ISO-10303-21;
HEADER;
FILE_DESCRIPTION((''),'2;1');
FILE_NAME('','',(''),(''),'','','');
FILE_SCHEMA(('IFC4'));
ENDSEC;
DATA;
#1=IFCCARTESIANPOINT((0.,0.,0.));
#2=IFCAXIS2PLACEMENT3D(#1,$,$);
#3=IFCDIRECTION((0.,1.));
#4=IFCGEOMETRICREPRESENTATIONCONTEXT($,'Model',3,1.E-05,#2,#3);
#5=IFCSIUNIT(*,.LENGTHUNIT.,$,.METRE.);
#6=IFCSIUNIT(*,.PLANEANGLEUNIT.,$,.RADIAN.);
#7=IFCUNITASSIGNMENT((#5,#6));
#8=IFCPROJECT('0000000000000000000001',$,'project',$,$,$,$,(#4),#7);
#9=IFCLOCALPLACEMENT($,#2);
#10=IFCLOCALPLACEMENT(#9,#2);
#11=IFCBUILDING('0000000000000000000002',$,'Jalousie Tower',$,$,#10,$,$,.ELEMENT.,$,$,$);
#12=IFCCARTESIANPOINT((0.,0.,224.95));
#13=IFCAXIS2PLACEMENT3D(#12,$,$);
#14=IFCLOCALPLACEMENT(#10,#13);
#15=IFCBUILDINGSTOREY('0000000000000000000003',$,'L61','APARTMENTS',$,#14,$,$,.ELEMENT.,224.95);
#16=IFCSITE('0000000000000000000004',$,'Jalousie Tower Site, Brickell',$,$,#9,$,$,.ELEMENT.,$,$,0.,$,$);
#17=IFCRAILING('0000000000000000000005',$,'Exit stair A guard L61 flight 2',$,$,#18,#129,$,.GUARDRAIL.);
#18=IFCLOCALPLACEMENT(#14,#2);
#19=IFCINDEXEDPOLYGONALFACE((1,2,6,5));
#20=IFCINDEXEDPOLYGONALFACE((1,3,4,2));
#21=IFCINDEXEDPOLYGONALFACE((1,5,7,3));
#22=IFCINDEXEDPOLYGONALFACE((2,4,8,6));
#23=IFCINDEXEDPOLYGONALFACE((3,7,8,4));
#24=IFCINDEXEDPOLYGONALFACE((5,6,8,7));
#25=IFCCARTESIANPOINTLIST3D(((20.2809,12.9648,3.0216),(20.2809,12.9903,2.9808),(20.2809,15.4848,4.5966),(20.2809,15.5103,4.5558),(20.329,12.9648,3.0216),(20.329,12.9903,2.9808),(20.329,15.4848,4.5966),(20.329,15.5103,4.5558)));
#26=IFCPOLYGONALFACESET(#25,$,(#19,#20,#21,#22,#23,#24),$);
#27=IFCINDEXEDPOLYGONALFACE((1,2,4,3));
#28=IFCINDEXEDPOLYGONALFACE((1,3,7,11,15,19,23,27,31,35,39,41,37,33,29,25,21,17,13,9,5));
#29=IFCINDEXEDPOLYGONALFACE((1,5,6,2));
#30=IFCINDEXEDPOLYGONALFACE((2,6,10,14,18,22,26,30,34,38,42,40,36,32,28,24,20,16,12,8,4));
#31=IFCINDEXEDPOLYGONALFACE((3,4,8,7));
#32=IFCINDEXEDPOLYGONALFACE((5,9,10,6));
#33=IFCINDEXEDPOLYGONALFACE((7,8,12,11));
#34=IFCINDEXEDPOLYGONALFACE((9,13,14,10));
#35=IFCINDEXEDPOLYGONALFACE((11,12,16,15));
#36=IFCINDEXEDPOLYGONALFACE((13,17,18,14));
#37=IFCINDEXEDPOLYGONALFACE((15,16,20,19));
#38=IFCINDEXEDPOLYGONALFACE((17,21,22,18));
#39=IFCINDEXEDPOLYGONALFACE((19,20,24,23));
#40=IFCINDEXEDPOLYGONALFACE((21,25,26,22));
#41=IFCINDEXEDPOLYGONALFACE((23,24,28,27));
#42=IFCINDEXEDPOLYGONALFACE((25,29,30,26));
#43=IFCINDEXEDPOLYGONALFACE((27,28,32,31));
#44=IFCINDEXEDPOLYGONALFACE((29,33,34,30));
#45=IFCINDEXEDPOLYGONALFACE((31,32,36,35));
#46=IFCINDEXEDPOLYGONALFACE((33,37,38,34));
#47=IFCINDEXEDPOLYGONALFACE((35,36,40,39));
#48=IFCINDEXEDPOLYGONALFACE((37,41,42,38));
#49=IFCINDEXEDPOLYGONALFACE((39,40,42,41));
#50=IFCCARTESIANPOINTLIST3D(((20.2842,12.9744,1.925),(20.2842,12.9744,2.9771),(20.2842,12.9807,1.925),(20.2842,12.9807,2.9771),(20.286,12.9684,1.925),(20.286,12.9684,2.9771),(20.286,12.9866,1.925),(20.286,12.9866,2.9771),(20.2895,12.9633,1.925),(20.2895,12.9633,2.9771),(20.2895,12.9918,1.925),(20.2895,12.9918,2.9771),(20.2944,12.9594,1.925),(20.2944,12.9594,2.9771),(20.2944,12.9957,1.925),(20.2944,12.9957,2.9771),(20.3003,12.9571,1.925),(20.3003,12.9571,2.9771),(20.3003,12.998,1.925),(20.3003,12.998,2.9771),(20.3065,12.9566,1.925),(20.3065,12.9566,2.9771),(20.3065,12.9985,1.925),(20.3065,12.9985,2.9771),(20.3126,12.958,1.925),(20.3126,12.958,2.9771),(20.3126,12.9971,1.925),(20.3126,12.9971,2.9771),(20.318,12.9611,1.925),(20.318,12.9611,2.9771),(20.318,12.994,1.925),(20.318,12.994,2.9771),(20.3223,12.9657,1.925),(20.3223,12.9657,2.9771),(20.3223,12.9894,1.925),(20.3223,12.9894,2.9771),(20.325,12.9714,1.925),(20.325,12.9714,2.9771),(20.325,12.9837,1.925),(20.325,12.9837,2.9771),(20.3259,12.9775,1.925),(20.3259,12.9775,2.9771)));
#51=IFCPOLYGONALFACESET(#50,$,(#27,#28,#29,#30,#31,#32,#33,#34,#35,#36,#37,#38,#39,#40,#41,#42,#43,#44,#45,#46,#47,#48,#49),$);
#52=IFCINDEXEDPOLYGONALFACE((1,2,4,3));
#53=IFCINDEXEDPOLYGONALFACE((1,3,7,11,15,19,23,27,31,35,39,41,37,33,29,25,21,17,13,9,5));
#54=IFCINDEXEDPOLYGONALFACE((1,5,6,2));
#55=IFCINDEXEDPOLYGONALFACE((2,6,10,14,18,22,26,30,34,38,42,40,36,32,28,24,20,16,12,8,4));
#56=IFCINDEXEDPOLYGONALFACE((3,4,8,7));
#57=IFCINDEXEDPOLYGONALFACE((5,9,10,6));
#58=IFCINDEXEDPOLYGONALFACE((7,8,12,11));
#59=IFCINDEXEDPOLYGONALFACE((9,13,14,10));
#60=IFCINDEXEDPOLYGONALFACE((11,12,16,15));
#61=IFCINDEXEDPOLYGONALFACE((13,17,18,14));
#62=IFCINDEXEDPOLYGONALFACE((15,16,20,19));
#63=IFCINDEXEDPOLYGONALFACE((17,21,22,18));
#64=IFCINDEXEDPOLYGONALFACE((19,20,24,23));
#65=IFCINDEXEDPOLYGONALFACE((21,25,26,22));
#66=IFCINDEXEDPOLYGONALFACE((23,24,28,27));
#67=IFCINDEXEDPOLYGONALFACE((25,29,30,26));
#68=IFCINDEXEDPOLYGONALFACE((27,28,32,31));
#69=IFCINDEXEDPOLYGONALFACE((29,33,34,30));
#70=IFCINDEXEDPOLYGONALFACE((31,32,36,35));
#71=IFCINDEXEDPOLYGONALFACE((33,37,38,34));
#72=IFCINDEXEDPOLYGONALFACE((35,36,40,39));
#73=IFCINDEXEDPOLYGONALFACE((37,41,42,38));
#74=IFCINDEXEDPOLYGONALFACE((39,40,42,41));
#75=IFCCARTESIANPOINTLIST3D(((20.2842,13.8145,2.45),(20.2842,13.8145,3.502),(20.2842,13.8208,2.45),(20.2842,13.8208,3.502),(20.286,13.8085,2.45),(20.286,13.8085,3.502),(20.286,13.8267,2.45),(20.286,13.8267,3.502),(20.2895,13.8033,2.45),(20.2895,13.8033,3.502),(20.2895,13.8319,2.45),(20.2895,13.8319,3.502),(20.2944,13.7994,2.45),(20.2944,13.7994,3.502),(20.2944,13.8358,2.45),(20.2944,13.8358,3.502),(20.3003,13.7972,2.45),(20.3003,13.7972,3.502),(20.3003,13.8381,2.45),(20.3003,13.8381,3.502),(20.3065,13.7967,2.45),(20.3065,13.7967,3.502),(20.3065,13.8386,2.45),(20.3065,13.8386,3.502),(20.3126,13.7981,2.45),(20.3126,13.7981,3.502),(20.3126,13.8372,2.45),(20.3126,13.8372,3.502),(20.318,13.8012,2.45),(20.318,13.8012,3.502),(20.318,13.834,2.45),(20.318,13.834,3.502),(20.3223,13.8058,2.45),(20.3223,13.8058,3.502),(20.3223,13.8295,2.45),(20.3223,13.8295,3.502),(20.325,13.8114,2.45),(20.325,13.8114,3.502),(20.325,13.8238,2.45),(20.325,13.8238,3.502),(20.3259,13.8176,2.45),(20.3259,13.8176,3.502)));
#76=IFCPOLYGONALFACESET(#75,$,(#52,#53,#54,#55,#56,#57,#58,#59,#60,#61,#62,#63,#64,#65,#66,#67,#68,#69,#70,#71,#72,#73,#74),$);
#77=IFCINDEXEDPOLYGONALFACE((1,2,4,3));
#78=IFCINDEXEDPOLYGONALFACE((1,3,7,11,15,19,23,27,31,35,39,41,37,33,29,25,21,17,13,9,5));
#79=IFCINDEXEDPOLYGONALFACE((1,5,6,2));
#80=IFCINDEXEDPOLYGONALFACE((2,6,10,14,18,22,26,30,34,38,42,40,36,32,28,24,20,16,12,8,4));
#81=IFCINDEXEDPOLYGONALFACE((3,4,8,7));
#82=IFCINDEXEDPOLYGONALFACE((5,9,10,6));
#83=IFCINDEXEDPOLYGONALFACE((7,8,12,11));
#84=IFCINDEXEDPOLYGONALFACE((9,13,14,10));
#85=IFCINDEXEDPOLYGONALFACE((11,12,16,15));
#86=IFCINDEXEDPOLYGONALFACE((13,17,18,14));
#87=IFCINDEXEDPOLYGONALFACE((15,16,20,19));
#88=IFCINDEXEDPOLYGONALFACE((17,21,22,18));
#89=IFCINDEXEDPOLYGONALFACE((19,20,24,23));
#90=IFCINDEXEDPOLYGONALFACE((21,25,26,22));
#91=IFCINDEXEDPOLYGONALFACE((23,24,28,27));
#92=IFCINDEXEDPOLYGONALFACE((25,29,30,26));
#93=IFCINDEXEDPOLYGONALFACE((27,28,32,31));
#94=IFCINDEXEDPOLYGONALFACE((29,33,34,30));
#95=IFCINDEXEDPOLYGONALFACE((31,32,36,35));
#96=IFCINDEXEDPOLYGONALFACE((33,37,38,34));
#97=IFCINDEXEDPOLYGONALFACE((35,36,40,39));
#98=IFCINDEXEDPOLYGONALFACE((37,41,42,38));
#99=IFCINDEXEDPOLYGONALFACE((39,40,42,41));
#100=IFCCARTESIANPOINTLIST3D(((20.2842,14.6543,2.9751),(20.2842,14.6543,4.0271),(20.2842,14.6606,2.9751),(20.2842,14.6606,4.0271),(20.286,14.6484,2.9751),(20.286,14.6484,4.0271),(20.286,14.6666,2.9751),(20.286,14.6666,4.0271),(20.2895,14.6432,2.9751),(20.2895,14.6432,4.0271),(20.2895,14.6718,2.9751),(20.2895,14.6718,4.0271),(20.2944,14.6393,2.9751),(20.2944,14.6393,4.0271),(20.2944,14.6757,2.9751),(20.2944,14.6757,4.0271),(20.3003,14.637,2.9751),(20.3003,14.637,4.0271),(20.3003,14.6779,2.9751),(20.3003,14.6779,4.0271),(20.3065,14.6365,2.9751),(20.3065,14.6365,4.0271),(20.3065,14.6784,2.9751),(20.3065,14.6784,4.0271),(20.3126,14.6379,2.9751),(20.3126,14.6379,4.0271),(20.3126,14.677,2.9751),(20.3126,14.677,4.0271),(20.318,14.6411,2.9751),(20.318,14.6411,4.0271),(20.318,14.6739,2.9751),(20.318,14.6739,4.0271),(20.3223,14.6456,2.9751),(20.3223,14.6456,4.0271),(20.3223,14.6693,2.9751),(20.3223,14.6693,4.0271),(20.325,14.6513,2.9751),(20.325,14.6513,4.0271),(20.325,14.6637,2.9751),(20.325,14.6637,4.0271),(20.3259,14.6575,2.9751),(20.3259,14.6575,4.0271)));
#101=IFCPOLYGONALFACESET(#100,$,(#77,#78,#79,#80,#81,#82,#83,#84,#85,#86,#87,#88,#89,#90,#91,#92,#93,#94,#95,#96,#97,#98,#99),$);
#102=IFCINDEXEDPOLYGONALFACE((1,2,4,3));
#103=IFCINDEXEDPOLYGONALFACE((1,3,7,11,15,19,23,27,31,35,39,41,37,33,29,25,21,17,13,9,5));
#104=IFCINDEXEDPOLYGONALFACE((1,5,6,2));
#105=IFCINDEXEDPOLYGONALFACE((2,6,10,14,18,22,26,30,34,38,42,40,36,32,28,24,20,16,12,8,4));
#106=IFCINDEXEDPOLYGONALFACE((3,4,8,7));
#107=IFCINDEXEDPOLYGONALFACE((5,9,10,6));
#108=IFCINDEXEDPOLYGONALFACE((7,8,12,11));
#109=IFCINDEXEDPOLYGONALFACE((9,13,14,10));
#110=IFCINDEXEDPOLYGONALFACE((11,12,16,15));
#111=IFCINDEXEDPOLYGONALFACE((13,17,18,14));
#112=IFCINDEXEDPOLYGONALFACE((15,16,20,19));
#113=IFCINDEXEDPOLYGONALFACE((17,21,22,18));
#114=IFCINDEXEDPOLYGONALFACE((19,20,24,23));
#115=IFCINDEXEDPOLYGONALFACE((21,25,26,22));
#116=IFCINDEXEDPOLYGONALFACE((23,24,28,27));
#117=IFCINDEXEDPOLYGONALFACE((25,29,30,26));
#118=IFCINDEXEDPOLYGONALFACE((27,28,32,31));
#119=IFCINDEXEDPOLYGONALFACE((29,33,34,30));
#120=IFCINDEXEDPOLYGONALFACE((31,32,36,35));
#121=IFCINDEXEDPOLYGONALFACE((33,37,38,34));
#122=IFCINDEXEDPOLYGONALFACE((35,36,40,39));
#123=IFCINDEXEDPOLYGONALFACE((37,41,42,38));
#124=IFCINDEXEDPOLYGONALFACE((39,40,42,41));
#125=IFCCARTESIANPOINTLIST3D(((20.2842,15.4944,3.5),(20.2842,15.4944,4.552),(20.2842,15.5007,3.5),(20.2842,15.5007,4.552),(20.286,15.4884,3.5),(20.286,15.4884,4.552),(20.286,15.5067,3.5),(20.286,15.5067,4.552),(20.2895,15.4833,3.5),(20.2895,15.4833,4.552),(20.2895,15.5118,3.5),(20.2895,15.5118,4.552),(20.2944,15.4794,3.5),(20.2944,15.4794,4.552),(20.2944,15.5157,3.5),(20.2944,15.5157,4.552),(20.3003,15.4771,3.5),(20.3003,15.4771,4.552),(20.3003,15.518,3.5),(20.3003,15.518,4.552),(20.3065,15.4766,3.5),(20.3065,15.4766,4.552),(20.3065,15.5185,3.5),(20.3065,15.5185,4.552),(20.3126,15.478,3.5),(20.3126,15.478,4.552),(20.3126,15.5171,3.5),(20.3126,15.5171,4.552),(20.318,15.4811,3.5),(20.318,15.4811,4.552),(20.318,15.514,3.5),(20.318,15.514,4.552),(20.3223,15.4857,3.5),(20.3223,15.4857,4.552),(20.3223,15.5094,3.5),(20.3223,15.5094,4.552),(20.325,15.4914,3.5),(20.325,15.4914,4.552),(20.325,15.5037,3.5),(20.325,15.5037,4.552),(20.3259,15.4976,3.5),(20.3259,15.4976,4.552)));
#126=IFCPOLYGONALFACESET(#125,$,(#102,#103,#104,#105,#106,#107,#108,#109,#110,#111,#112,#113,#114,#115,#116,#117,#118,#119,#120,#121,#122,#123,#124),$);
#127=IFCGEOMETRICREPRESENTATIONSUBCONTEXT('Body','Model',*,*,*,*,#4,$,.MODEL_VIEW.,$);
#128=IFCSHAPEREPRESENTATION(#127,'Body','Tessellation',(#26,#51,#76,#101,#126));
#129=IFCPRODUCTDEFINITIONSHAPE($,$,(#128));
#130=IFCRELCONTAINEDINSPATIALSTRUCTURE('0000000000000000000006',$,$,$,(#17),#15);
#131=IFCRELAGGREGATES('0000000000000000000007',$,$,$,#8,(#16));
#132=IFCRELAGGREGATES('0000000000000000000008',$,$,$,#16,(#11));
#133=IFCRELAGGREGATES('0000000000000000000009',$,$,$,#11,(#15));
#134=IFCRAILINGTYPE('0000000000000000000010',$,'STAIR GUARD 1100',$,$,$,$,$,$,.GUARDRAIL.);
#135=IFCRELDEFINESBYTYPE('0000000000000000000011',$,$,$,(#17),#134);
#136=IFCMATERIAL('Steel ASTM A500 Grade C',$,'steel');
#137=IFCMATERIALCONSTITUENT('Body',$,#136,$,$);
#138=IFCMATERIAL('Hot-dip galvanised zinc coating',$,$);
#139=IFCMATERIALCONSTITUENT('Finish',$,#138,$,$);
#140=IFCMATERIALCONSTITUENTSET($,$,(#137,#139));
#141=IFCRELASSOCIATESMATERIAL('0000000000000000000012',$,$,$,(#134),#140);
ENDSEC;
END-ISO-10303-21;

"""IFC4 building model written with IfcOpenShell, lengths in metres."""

from ifc_helpers import new_model, si_unit, direction, frame, origin, origin_2d, place, context, subcontext, project, spatial, rectangle, circle, extrude, material, constituent, constituent_set, type_object, element, save


model = new_model("IFC4")

# Units and contexts
model_context = context("Model", 3, precision=1e-05, world=origin(), true_north=direction((0.0, 1.0)))
body_context = subcontext(model_context, "Body", "Model", "MODEL_VIEW")
ifc_project = project(units=[si_unit("LENGTHUNIT", "METRE"), si_unit("PLANEANGLEUNIT", "RADIAN")], contexts=[model_context])

# Site, building, storey
site_placement = place(None, origin())
site = spatial("IfcSite", under=ifc_project, at=site_placement, Name="Jalousie Tower Site, Brickell", CompositionType="ELEMENT", RefElevation=0.0)
building_placement = place(site_placement, origin())
building = spatial("IfcBuilding", under=site, at=building_placement, Name="Jalousie Tower", CompositionType="ELEMENT")
storey_placement = place(building_placement, frame((0.0, 0.0, 224.95)))
storey = spatial("IfcBuildingStorey", under=building, at=storey_placement, Name="L61", Description="APARTMENTS", CompositionType="ELEMENT", Elevation=224.95)

# Railing
ifc_material_1 = material(Name="Steel ASTM A500 Grade C", Category="steel")
ifc_constituent_1 = constituent(ifc_material_1, Name="Body")
ifc_material_2 = material(Name="Hot-dip galvanised zinc coating")
ifc_constituent_2 = constituent(ifc_material_2, Name="Finish")
ifc_constituent_set_1 = constituent_set(constituents=[ifc_constituent_1, ifc_constituent_2])
railing_type_1 = type_object("IfcRailingType", Name="STAIR GUARD 1100", PredefinedType="GUARDRAIL", material=ifc_constituent_set_1)
railing_1_placement = place(storey_placement, frame((20.3049, 12.9775, 1.925)))
element("IfcRailing", 1, at=railing_1_placement, inside=storey, type_object=railing_type_1, Name="Exit stair A guard L61 flight 2", PredefinedType="GUARDRAIL", context=body_context, shape_type="SweptSolid", body=[
    extrude(rectangle(XDim=0.0481, YDim=0.0481, at=origin_2d()), frame((0.0, 0.0, 1.0762), z_axis=(0.0, 0.848008, 0.529984), x_axis=(-1.0, 0.0, 0.0)), (0.0, 0.0, 1.0), 2.9717),
    extrude(circle(Radius=0.021, at=origin_2d()), origin(), (0.0, 0.0, 1.0), 1.052),
    extrude(circle(Radius=0.021, at=origin_2d()), frame((0.0, 0.8401, 0.5249)), (0.0, 0.0, 1.0), 1.052),
    extrude(circle(Radius=0.021, at=origin_2d()), frame((0.0, 1.6799, 1.05)), (0.0, 0.0, 1.0), 1.052),
    extrude(circle(Radius=0.021, at=origin_2d()), frame((0.0, 2.52, 1.575)), (0.0, 0.0, 1.0), 1.052),
])

save(model, "model.ifc")
